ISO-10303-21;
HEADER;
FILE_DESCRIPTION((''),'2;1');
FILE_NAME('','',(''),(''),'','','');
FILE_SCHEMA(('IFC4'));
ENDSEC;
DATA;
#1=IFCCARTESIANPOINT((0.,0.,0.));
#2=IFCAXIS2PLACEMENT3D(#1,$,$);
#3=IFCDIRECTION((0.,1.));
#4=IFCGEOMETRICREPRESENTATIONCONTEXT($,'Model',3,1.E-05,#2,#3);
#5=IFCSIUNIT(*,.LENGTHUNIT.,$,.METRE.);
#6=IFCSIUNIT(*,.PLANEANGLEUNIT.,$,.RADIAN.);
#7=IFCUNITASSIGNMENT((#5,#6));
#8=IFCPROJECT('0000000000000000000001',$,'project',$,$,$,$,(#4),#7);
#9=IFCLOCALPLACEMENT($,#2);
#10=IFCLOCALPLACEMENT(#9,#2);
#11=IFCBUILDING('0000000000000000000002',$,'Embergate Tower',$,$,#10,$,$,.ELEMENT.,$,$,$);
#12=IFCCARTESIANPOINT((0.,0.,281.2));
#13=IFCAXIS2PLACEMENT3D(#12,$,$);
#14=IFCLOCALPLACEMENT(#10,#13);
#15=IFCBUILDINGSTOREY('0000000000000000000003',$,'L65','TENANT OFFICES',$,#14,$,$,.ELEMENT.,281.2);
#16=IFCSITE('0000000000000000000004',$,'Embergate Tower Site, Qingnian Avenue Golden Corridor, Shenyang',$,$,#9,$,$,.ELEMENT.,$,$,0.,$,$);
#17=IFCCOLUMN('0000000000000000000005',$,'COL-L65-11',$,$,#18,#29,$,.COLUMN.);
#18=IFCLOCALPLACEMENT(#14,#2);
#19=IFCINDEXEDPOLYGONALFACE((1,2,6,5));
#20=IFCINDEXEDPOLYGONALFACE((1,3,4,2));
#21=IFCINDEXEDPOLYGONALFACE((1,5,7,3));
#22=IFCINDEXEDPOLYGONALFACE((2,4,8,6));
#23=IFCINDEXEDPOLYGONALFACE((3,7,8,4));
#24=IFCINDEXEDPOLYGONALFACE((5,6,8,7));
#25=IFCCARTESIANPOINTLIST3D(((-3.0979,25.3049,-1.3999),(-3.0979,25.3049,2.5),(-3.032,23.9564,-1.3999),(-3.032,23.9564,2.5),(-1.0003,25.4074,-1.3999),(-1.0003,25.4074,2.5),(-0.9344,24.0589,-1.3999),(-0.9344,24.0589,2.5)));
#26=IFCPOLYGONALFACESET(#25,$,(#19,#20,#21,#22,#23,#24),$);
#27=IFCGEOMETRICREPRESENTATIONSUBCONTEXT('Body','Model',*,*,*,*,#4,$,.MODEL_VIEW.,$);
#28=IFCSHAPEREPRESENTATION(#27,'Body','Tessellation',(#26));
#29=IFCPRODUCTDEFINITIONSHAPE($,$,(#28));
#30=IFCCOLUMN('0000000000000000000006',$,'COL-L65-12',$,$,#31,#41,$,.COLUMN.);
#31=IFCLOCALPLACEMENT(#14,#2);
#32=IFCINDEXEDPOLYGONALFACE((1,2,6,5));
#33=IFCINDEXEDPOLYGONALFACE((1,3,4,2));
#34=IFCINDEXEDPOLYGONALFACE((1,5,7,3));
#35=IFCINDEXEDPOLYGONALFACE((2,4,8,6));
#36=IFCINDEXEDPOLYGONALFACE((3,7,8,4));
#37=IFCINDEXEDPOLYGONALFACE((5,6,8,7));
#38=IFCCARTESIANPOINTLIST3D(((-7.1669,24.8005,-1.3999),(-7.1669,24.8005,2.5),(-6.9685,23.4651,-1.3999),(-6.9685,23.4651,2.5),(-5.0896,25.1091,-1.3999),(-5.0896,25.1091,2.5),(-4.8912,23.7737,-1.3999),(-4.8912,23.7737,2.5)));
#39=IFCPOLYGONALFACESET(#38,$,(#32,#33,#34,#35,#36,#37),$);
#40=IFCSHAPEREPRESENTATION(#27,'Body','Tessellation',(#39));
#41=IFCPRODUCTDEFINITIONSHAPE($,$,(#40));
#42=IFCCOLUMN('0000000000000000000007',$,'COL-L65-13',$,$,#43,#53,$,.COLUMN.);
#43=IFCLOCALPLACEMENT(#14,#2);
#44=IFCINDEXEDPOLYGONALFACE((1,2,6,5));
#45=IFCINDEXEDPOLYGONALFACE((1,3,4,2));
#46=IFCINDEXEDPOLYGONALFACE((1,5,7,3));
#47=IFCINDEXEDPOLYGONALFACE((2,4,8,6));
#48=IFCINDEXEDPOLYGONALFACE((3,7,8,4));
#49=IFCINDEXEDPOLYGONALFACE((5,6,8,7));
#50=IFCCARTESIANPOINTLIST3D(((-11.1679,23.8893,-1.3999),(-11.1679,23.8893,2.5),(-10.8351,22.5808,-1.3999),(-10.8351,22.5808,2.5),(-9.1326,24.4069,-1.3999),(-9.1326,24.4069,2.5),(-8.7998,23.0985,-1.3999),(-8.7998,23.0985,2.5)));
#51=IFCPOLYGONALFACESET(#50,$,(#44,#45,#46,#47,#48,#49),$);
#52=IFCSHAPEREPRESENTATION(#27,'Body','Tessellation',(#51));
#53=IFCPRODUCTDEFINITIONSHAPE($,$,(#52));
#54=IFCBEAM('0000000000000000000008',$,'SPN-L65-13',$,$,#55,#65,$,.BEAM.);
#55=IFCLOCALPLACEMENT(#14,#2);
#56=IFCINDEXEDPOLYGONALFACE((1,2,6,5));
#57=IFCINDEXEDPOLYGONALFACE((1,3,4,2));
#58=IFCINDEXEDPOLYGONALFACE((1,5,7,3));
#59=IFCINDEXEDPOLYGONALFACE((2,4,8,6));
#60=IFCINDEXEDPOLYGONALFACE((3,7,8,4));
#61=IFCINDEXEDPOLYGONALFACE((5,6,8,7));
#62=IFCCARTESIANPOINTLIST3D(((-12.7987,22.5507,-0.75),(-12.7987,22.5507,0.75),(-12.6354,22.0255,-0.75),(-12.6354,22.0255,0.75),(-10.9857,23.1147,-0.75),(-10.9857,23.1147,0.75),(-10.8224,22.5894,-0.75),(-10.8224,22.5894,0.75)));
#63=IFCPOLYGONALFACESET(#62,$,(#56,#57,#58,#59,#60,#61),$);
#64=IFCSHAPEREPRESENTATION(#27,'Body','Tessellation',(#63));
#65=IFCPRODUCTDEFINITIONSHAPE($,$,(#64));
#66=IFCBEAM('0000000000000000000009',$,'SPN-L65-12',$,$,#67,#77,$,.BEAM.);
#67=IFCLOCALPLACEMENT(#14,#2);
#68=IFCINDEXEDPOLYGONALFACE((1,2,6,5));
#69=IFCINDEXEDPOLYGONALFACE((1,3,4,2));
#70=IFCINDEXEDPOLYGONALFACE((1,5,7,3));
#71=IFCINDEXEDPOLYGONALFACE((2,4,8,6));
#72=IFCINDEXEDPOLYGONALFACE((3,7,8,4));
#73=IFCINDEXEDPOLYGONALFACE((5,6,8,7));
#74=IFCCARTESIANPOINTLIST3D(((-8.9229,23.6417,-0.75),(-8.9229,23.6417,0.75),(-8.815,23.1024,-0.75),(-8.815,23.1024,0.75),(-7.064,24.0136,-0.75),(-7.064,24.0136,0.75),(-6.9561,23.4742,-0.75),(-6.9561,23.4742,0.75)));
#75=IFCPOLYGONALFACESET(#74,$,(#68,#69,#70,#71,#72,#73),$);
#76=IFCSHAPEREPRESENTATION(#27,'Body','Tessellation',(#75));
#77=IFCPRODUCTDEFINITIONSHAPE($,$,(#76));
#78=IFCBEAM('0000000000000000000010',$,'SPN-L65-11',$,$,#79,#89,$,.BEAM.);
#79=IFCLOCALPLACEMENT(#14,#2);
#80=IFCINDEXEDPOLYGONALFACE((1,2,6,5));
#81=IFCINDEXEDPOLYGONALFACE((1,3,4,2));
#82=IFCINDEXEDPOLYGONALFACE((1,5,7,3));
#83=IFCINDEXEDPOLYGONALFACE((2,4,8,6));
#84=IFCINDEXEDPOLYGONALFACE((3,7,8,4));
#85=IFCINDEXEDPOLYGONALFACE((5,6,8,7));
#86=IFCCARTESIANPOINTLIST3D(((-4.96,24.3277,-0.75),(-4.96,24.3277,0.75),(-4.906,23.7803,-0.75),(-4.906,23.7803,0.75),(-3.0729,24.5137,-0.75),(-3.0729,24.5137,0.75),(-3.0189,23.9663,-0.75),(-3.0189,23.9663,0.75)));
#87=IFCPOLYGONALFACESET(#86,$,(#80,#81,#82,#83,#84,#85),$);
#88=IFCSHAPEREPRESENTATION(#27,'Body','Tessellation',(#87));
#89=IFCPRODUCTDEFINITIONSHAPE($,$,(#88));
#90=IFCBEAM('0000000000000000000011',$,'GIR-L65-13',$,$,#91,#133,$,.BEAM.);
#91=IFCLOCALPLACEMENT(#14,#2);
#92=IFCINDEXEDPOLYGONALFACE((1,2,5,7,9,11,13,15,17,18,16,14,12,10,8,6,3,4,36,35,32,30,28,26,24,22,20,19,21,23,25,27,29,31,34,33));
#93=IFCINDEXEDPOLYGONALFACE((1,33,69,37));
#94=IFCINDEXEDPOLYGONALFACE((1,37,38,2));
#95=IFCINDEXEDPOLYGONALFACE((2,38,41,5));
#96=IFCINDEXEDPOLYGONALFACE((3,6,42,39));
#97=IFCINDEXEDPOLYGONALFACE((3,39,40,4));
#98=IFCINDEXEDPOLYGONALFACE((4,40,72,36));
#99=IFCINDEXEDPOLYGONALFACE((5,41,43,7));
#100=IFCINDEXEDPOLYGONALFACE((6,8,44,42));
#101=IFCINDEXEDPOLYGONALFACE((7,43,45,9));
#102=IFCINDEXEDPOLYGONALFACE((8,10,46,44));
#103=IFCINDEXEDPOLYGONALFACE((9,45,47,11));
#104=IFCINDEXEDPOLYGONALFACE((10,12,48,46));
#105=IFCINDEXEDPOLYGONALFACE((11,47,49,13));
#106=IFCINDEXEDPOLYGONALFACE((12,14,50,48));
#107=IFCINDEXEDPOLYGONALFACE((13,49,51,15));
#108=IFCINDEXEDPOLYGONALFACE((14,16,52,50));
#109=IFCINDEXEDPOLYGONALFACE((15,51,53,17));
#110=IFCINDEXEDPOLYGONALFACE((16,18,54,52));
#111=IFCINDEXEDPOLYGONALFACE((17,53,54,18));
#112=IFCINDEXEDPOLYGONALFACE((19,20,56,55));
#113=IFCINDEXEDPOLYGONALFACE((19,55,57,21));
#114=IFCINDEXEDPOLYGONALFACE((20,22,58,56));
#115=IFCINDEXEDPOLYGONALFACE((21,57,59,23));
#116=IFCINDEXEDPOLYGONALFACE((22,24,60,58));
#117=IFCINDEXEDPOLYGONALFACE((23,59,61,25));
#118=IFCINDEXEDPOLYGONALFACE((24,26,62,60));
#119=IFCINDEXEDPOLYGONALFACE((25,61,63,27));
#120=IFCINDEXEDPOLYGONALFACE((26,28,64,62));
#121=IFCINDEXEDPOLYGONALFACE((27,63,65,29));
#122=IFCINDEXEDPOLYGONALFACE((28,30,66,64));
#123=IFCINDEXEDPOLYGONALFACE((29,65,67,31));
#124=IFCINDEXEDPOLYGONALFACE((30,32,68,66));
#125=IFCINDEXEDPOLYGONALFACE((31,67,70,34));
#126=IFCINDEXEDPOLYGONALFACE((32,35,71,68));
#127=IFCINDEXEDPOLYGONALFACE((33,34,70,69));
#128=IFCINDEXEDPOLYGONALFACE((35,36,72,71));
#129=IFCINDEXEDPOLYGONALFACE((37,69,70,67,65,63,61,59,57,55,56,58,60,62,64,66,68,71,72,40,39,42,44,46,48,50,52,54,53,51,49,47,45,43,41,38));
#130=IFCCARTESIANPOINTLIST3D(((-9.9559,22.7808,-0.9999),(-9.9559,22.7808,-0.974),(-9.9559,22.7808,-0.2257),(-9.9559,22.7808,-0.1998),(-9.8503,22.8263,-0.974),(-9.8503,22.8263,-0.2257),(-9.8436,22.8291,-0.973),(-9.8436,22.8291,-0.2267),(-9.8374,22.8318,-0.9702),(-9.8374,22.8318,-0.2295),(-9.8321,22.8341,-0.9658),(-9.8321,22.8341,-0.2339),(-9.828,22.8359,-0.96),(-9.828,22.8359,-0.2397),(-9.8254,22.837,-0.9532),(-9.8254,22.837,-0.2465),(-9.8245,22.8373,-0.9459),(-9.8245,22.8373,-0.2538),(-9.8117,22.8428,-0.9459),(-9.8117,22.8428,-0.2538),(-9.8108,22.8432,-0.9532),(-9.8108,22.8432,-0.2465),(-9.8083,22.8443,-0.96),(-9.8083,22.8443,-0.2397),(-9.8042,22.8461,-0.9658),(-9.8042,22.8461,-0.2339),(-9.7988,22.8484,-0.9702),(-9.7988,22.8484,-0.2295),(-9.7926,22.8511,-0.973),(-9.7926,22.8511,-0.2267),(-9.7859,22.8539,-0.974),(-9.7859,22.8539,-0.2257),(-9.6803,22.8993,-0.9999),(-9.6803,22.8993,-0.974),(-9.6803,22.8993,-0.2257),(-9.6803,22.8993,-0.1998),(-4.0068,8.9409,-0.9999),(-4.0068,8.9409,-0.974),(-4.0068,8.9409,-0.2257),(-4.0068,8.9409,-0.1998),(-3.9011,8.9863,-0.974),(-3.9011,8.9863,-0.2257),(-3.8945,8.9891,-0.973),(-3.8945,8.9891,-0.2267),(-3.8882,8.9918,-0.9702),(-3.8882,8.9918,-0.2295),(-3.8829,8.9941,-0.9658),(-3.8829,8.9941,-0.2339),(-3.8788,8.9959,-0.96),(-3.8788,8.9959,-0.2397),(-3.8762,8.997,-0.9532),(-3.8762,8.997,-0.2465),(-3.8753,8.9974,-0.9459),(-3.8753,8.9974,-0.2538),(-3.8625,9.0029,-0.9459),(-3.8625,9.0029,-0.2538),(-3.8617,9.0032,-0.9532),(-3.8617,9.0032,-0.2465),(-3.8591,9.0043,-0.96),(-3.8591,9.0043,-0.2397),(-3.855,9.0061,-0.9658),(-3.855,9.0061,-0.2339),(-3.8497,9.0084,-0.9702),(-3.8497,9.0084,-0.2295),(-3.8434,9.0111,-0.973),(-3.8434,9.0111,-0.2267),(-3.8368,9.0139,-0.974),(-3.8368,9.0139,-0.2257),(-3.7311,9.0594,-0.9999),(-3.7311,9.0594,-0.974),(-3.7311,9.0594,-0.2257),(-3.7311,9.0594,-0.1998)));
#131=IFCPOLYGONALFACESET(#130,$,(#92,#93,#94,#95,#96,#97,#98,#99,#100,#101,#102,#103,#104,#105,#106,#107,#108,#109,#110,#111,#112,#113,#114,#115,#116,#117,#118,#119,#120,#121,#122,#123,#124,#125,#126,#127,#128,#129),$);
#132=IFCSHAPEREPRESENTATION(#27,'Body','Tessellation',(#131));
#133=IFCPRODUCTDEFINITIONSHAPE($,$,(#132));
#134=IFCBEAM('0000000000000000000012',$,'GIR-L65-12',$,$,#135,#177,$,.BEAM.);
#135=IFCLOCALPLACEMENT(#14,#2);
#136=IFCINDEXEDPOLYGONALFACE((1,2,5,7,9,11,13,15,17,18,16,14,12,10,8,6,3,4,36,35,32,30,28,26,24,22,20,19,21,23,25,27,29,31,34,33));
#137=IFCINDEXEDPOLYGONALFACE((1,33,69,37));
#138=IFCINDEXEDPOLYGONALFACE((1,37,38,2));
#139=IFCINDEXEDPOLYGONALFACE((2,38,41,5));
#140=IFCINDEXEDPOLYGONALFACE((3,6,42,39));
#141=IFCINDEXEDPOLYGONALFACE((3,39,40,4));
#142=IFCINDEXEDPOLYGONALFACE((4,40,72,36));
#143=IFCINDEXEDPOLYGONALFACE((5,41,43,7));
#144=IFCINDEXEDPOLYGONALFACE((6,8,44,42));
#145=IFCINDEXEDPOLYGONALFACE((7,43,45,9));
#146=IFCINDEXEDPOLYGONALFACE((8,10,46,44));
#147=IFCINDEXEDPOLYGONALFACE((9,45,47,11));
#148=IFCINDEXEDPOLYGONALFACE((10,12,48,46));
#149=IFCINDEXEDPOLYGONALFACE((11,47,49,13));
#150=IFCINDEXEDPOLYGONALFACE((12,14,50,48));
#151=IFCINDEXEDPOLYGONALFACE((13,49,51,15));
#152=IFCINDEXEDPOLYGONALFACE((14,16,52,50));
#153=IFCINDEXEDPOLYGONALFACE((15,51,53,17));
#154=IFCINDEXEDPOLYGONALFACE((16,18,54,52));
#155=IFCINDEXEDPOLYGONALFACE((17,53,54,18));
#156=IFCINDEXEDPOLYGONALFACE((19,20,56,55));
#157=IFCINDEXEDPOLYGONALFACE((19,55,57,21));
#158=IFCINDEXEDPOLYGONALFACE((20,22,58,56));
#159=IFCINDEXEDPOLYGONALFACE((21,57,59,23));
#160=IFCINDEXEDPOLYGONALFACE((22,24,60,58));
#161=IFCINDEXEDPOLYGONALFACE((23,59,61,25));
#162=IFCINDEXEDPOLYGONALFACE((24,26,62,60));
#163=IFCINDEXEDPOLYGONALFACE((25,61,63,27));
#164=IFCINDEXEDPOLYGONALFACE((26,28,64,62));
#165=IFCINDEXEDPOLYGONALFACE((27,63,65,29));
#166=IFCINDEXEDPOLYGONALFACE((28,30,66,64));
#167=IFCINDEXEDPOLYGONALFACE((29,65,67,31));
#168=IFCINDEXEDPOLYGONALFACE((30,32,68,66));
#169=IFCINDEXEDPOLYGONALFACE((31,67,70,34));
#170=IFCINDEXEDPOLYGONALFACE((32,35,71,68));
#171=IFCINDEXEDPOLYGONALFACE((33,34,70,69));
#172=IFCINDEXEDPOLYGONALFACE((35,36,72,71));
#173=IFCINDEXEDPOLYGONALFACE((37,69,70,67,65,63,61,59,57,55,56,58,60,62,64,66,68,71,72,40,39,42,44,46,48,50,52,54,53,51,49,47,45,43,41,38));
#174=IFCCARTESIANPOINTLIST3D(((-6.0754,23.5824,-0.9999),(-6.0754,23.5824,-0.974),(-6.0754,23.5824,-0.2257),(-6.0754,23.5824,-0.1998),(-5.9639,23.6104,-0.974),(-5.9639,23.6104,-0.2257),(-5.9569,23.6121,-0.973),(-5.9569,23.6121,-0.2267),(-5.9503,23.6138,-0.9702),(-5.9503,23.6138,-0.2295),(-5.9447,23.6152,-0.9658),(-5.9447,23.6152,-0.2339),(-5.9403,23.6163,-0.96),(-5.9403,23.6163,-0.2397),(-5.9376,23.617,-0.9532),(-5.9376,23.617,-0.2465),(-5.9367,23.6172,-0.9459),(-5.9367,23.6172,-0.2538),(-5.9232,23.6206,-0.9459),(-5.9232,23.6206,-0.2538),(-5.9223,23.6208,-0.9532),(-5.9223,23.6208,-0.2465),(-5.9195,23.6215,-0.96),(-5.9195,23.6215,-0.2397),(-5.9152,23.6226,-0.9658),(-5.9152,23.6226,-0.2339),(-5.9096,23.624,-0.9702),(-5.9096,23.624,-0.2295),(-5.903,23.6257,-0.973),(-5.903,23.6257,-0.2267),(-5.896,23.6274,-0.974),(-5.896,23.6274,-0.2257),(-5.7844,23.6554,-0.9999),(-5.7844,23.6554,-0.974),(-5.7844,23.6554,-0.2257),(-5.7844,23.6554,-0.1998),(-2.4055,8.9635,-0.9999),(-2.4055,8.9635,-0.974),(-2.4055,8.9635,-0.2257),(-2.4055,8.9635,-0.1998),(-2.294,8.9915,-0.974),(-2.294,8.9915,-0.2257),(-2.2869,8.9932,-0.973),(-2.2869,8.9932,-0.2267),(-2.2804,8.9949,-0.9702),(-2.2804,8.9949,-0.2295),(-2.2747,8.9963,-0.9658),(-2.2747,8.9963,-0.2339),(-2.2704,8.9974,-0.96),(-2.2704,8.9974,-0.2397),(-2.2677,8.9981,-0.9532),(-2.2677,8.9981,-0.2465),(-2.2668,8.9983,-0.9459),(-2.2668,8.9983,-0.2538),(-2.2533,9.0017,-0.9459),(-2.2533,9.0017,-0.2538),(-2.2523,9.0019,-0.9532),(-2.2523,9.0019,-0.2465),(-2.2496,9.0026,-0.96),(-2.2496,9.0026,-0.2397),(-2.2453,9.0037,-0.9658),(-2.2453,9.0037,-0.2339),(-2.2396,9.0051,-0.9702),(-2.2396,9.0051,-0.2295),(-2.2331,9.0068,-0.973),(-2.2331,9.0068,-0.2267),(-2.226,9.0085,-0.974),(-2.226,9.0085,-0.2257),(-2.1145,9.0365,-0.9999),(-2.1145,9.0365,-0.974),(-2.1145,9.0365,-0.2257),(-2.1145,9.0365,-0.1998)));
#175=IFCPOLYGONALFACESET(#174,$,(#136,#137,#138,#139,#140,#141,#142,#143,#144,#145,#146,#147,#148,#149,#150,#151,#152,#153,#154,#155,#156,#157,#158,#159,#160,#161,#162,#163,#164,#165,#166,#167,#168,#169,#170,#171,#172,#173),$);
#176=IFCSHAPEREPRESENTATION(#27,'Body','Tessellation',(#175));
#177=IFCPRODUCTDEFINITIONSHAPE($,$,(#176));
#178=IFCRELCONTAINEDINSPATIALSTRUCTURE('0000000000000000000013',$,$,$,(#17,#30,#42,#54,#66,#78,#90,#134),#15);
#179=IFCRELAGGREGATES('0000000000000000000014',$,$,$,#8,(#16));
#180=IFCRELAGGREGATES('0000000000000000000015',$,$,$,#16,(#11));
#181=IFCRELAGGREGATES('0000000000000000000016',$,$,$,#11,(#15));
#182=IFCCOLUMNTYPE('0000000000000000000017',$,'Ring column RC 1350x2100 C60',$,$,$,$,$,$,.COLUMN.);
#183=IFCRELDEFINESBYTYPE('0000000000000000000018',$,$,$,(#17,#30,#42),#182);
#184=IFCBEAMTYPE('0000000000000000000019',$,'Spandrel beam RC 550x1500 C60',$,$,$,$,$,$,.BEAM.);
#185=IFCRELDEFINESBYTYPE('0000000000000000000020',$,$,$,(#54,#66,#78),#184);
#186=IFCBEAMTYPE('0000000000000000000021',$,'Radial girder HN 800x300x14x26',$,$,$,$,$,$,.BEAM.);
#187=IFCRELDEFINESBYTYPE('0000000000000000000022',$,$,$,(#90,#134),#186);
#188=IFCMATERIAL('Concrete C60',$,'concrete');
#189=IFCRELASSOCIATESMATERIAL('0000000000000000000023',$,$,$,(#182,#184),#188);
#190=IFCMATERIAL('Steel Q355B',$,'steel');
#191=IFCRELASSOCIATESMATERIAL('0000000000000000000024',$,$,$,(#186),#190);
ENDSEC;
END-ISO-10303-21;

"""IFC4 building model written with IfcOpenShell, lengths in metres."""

from ifc_helpers import new_model, si_unit, direction, frame, origin, origin_2d, place, context, subcontext, project, spatial, rectangle, i_section, extrude, source, transform, mapped, material, material_profile, profile_set, type_object, element, save


model = new_model("IFC4")

# Units and contexts
model_context = context("Model", 3, precision=1e-05, world=origin(), true_north=direction((0.0, 1.0)))
body_context = subcontext(model_context, "Body", "Model", "MODEL_VIEW")
ifc_project = project(units=[si_unit("LENGTHUNIT", "METRE"), si_unit("PLANEANGLEUNIT", "RADIAN")], contexts=[model_context])

# Site, building, storey
site_placement = place(None, origin())
site = spatial("IfcSite", under=ifc_project, at=site_placement, Name="Embergate Tower Site, Qingnian Avenue Golden Corridor, Shenyang", CompositionType="ELEMENT", RefElevation=0.0)
building_placement = place(site_placement, origin())
building = spatial("IfcBuilding", under=site, at=building_placement, Name="Embergate Tower", CompositionType="ELEMENT")
storey_placement = place(building_placement, frame((0.0, 0.0, 281.2)))
storey = spatial("IfcBuildingStorey", under=building, at=storey_placement, Name="L65", Description="TENANT OFFICES", CompositionType="ELEMENT", Elevation=281.2)

# Columns
ifc_material_1 = material(Name="Concrete C60", Category="concrete")
ifc_material_profile_1 = material_profile(ifc_material_1, rectangle(XDim=1.3501, YDim=2.1001, at=origin_2d()), Name="RC 1350x2100")
ifc_profile_set_1 = profile_set([ifc_material_profile_1], Name="Concrete C60")
column_type = type_object("IfcColumnType", Name="Ring column RC 1350x2100 C60", PredefinedType="COLUMN", material=ifc_profile_set_1)
shared_shape_1 = source(origin(), body_context, "Body", "SweptSolid", [
    extrude(rectangle(XDim=1.3501, YDim=2.1001, at=origin_2d()), origin(), (0.0, 0.0, 1.0), 3.8999),
])
for number, where, z_axis, x_axis, name in (
    (1, (-2.0161, 24.6819, -1.3999), (0.0, 0.0, 1.0), (-0.048815, 0.998808, 0.0), "COL-L65-11"),
    (2, (-6.0291, 24.2871, -1.3999), (0.0, 0.0, 1.0), (-0.146929, 0.989147, 0.0), "COL-L65-12"),
    (3, (-9.9839, 23.4939, -1.3999), (0.0, 0.0, 1.0), (-0.246492, 0.969145, 0.0), "COL-L65-13"),
):
    element("IfcColumn", number, at=place(storey_placement, frame(where, z_axis=z_axis, x_axis=x_axis)), inside=storey, type_object=column_type, Name=name, PredefinedType="COLUMN", context=body_context, shape_type="MappedRepresentation", body=[
        mapped(shared_shape_1, transform((0.0, 0.0, 0.0))),
    ])

# Beams
ifc_material_profile_2 = material_profile(ifc_material_1, rectangle(XDim=0.55, YDim=1.5, at=origin_2d()), Name="RC 550x1500")
ifc_profile_set_2 = profile_set([ifc_material_profile_2], Name="Concrete C60")
beam_type_1 = type_object("IfcBeamType", Name="Spandrel beam RC 550x1500 C60", PredefinedType="BEAM", material=ifc_profile_set_2)
shared_shape_2 = source(origin(), body_context, "Body", "SweptSolid", [
    extrude(rectangle(XDim=0.55, YDim=1.5, at=origin_2d()), origin(), (0.0, 0.0, 1.0), 1.8987),
])
beam_1_placement = place(storey_placement, frame((-10.9041, 22.8521, 0.0), z_axis=(-0.954868, -0.29703, 0.0), x_axis=(0.29703, -0.954868, 0.0)))
element("IfcBeam", 4, at=beam_1_placement, inside=storey, type_object=beam_type_1, Name="SPN-L65-13", PredefinedType="BEAM", context=body_context, shape_type="MappedRepresentation", body=[
    mapped(shared_shape_2, transform((0.0, 0.0, 0.0))),
])
shared_shape_3 = source(origin(), body_context, "Body", "SweptSolid", [
    extrude(rectangle(XDim=0.55, YDim=1.5, at=origin_2d()), origin(), (0.0, 0.0, 1.0), 1.8958),
])
beam_2_placement = place(storey_placement, frame((-7.01, 23.7439, 0.0), z_axis=(-0.980576, -0.196141, 0.0), x_axis=(0.196141, -0.980576, 0.0)))
element("IfcBeam", 5, at=beam_2_placement, inside=storey, type_object=beam_type_1, Name="SPN-L65-12", PredefinedType="BEAM", context=body_context, shape_type="MappedRepresentation", body=[
    mapped(shared_shape_3, transform((0.0, 0.0, 0.0))),
])
shared_shape_4 = source(origin(), body_context, "Body", "SweptSolid", [
    extrude(rectangle(XDim=0.55, YDim=1.5, at=origin_2d()), origin(), (0.0, 0.0, 1.0), 1.8962),
])
beam_3_placement = place(storey_placement, frame((-3.0459, 24.24, 0.0), z_axis=(-0.995176, -0.098101, 0.0), x_axis=(0.098101, -0.995176, 0.0)))
element("IfcBeam", 6, at=beam_3_placement, inside=storey, type_object=beam_type_1, Name="SPN-L65-11", PredefinedType="BEAM", context=body_context, shape_type="MappedRepresentation", body=[
    mapped(shared_shape_4, transform((0.0, 0.0, 0.0))),
])
ifc_material_2 = material(Name="Steel Q355B", Category="steel")
ifc_material_profile_3 = material_profile(ifc_material_2, i_section(OverallWidth=0.3, OverallDepth=0.8, WebThickness=0.0139, FlangeThickness=0.0259, FilletRadius=0.0281, at=origin_2d()), Name="HN 800x300x14x26")
ifc_profile_set_3 = profile_set([ifc_material_profile_3], Name="Steel Q355 grade B")
beam_type_2 = type_object("IfcBeamType", Name="Radial girder HN 800x300x14x26", PredefinedType="BEAM", material=ifc_profile_set_3)
shared_shape_5 = source(origin(), body_context, "Body", "SweptSolid", [
    extrude(i_section(OverallWidth=0.3, OverallDepth=0.8, WebThickness=0.0139, FlangeThickness=0.0259, FilletRadius=0.0281, at=origin_2d()), origin(), (0.0, 0.0, 1.0), 15.0645),
])
beam_4_placement = place(storey_placement, frame((-9.8181, 22.8401, -0.5999), z_axis=(0.394915, -0.918718, 0.0), x_axis=(0.918718, 0.394915, 0.0)))
element("IfcBeam", 7, at=beam_4_placement, inside=storey, type_object=beam_type_2, Name="GIR-L65-13", PredefinedType="BEAM", context=body_context, shape_type="MappedRepresentation", body=[
    mapped(shared_shape_5, transform((0.0, 0.0, 0.0))),
])
shared_shape_6 = source(origin(), body_context, "Body", "SweptSolid", [
    extrude(i_section(OverallWidth=0.3, OverallDepth=0.8, WebThickness=0.0139, FlangeThickness=0.0259, FilletRadius=0.0281, at=origin_2d()), origin(), (0.0, 0.0, 1.0), 15.0725),
])
beam_5_placement = place(storey_placement, frame((-5.9299, 23.6189, -0.5999), z_axis=(0.243485, -0.969905, 0.0), x_axis=(0.969905, 0.243485, 0.0)))
element("IfcBeam", 8, at=beam_5_placement, inside=storey, type_object=beam_type_2, Name="GIR-L65-12", PredefinedType="BEAM", context=body_context, shape_type="MappedRepresentation", body=[
    mapped(shared_shape_6, transform((0.0, 0.0, 0.0))),
])

save(model, "model.ifc")
